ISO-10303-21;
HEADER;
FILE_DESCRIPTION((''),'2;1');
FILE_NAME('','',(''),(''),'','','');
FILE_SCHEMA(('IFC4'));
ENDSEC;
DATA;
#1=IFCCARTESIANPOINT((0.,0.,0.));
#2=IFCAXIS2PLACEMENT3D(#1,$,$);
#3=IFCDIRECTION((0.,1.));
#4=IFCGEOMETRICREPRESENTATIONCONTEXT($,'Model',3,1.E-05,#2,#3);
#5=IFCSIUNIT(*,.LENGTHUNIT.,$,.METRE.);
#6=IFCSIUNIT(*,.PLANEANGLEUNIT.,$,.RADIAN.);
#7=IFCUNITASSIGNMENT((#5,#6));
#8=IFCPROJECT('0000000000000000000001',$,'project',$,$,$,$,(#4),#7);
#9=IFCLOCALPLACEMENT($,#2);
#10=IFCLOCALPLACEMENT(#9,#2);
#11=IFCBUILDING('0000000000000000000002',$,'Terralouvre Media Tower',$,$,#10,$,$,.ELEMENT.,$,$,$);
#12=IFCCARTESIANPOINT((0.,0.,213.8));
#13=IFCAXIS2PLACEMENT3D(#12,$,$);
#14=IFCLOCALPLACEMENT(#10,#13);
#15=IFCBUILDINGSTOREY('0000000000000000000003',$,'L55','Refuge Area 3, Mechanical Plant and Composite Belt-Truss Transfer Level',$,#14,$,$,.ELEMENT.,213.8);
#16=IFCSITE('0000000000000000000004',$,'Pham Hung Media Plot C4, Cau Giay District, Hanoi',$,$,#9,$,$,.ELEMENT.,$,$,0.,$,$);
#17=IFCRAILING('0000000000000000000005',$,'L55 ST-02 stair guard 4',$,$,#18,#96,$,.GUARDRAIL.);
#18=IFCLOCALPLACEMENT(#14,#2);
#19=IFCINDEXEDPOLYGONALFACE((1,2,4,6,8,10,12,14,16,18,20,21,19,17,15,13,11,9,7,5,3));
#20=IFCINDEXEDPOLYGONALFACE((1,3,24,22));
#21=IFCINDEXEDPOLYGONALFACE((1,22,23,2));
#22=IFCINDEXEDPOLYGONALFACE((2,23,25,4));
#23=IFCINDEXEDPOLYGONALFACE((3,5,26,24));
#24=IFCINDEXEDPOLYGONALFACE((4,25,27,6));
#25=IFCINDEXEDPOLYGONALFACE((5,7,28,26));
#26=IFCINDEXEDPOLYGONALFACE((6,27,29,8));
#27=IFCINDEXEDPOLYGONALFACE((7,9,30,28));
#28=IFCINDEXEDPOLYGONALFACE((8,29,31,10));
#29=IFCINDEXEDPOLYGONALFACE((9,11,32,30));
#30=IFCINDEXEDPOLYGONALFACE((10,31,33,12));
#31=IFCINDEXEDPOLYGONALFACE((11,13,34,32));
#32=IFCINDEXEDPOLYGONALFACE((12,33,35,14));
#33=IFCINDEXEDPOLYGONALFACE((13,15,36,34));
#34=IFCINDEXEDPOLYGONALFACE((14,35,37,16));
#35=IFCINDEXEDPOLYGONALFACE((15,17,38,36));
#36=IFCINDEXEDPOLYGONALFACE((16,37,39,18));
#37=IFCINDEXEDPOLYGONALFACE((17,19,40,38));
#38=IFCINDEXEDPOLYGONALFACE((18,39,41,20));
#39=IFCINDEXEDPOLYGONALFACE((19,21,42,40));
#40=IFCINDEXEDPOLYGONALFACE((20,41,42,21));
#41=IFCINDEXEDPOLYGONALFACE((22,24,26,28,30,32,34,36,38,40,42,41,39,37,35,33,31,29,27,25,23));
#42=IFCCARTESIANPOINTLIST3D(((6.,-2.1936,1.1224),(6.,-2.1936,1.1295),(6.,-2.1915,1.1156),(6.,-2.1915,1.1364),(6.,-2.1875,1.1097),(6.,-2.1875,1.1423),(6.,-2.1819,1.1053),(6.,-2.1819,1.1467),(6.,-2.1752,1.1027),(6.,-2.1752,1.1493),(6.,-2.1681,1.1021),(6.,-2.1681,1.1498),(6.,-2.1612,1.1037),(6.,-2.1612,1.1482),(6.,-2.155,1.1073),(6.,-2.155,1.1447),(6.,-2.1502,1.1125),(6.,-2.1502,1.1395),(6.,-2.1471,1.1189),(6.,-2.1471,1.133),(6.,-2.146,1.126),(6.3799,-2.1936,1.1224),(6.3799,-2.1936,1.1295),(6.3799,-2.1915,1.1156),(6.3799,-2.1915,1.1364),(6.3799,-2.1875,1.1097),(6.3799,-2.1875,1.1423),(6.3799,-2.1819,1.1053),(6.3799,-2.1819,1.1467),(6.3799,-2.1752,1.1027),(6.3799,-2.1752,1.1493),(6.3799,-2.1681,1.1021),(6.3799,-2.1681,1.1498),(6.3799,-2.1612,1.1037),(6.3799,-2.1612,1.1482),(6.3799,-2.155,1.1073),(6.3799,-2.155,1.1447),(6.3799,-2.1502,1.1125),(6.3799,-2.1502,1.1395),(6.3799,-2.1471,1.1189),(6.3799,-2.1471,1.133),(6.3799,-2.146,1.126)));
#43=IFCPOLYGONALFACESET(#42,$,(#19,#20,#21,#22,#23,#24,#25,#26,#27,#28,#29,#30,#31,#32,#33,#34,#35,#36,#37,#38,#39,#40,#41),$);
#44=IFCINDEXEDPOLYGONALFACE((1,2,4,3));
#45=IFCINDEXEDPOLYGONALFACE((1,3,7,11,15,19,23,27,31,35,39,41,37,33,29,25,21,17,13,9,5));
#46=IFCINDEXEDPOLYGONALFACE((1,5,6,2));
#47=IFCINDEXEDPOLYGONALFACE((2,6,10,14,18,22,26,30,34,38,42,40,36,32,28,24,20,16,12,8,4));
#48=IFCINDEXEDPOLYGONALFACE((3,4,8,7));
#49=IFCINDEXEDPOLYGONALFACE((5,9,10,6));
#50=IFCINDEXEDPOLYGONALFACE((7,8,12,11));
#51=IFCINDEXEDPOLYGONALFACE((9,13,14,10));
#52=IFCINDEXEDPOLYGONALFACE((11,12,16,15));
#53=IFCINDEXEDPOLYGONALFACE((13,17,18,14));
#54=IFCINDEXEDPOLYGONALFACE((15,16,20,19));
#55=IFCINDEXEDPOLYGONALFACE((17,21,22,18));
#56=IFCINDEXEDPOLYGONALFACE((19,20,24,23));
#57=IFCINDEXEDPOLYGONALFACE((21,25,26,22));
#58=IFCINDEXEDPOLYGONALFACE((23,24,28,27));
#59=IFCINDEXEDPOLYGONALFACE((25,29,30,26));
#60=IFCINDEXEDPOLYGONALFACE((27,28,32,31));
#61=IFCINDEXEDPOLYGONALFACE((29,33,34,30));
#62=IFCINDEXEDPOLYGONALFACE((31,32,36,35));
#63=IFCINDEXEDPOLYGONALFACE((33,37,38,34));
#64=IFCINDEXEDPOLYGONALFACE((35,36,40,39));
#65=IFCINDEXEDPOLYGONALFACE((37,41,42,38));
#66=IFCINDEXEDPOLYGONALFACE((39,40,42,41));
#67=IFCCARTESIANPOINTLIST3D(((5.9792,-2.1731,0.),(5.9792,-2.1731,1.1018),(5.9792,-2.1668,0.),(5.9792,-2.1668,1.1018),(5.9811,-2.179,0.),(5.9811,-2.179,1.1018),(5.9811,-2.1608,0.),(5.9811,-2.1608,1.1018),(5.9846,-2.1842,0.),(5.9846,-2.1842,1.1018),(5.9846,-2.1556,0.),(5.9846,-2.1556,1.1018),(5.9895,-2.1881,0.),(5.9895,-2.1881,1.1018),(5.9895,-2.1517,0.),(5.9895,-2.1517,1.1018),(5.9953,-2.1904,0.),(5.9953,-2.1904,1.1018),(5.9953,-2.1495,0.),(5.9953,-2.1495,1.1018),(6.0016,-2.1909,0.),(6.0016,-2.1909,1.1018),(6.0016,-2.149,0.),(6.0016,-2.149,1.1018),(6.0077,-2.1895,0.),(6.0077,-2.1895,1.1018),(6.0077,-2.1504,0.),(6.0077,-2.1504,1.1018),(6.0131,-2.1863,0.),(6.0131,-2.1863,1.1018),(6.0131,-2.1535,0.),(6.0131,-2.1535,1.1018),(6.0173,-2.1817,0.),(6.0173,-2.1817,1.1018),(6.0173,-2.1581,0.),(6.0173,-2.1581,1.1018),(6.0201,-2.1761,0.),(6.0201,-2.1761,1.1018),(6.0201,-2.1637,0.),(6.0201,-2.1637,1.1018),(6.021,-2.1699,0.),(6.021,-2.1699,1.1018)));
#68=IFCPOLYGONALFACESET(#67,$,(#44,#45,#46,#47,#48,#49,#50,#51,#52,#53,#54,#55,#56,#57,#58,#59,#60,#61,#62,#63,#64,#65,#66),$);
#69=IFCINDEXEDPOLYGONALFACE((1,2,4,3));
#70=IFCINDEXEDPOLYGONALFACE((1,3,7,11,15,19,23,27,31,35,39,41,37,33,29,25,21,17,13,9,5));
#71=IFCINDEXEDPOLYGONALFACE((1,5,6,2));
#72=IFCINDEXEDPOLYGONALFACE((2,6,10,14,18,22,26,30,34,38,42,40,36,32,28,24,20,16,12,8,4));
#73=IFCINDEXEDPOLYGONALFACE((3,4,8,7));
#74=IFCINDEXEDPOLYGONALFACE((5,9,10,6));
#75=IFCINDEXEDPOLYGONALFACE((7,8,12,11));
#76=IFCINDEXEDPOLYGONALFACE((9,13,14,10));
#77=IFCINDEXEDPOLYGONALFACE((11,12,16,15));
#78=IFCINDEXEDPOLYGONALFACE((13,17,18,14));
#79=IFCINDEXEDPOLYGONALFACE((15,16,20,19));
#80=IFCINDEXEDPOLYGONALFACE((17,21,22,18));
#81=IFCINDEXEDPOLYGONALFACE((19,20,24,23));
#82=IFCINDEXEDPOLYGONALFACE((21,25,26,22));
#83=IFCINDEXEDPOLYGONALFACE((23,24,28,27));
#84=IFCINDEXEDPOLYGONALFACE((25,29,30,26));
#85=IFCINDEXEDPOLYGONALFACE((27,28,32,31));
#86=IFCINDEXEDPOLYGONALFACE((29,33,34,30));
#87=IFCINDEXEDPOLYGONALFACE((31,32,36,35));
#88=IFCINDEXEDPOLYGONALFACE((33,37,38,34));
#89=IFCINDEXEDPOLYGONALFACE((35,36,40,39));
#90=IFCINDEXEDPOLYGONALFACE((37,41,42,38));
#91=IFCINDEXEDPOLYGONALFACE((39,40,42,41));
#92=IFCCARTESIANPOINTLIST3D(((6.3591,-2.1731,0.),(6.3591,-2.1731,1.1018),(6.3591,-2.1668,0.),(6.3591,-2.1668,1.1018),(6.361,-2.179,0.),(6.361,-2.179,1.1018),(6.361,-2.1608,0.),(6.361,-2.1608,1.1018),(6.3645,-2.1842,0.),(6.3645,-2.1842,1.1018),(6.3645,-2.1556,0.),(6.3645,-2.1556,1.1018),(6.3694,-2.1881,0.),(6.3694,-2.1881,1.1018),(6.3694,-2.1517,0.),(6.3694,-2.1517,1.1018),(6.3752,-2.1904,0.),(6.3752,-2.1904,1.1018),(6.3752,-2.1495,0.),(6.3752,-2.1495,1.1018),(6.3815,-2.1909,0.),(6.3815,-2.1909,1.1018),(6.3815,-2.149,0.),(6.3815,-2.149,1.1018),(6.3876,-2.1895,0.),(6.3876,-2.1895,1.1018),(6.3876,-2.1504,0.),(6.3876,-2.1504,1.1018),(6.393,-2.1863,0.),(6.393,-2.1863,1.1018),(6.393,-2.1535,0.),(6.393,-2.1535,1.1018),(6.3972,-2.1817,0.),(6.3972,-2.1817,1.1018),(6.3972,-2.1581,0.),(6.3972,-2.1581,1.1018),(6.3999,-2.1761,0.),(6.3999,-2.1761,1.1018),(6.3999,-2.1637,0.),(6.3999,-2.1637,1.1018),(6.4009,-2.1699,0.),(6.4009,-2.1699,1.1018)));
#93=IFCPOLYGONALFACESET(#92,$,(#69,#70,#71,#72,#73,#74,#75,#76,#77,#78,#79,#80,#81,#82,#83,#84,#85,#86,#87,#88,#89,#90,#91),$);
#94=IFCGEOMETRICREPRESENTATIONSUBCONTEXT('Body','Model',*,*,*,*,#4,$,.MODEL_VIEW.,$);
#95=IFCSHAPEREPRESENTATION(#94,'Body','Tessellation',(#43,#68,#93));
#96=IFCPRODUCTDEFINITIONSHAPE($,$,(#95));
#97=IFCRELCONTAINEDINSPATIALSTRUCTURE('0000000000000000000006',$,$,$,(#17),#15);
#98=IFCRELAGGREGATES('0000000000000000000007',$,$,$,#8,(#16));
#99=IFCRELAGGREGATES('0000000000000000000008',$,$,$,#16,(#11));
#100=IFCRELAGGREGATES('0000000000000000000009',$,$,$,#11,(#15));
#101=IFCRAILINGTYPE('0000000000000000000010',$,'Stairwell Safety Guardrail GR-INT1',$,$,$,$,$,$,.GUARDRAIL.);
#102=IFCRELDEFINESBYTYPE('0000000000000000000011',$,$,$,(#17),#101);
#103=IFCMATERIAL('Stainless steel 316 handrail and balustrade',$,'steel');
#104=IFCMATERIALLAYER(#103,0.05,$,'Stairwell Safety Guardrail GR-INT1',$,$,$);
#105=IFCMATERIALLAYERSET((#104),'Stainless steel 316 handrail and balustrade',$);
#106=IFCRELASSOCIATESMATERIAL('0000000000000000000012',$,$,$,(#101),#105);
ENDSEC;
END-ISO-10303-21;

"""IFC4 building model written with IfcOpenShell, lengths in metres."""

from ifc_helpers import new_model, si_unit, direction, frame, origin, origin_2d, place, context, subcontext, project, spatial, circle, extrude, material, layer, layer_set, type_object, element, save


model = new_model("IFC4")

# Units and contexts
model_context = context("Model", 3, precision=1e-05, world=origin(), true_north=direction((0.0, 1.0)))
body_context = subcontext(model_context, "Body", "Model", "MODEL_VIEW")
ifc_project = project(units=[si_unit("LENGTHUNIT", "METRE"), si_unit("PLANEANGLEUNIT", "RADIAN")], contexts=[model_context])

# Site, building, storey
site_placement = place(None, origin())
site = spatial("IfcSite", under=ifc_project, at=site_placement, Name="Pham Hung Media Plot C4, Cau Giay District, Hanoi", CompositionType="ELEMENT", RefElevation=0.0)
building_placement = place(site_placement, origin())
building = spatial("IfcBuilding", under=site, at=building_placement, Name="Terralouvre Media Tower", CompositionType="ELEMENT")
storey_placement = place(building_placement, frame((0.0, 0.0, 213.8)))
storey = spatial("IfcBuildingStorey", under=building, at=storey_placement, Name="L55", Description="Refuge Area 3, Mechanical Plant and Composite Belt-Truss Transfer Level", CompositionType="ELEMENT", Elevation=213.8)

# Railing
ifc_material_1 = material(Name="Stainless steel 316 handrail and balustrade", Category="steel")
ifc_layer_1 = layer(ifc_material_1, 0.05, Name="Stairwell Safety Guardrail GR-INT1")
ifc_layer_set_1 = layer_set([ifc_layer_1], Name="Stainless steel 316 handrail and balustrade")
railing_type_1 = type_object("IfcRailingType", Name="Stairwell Safety Guardrail GR-INT1", PredefinedType="GUARDRAIL", material=ifc_layer_set_1)
railing_1_placement = place(storey_placement, frame((6.0, -2.1699, 0.0)))
element("IfcRailing", 1, at=railing_1_placement, inside=storey, type_object=railing_type_1, Name="L55 ST-02 stair guard 4", PredefinedType="GUARDRAIL", context=body_context, shape_type="SweptSolid", body=[
    extrude(circle(Radius=0.0239, at=origin_2d()), frame((0.0, 0.0, 1.126), z_axis=(1.0, 0.0, 0.0), x_axis=(0.0, 1.0, 0.0)), (0.0, 0.0, 1.0), 0.3799),
    extrude(circle(Radius=0.021, at=origin_2d()), origin(), (0.0, 0.0, 1.0), 1.1018),
    extrude(circle(Radius=0.021, at=origin_2d()), frame((0.3799, 0.0, 0.0)), (0.0, 0.0, 1.0), 1.1018),
])

save(model, "model.ifc")
